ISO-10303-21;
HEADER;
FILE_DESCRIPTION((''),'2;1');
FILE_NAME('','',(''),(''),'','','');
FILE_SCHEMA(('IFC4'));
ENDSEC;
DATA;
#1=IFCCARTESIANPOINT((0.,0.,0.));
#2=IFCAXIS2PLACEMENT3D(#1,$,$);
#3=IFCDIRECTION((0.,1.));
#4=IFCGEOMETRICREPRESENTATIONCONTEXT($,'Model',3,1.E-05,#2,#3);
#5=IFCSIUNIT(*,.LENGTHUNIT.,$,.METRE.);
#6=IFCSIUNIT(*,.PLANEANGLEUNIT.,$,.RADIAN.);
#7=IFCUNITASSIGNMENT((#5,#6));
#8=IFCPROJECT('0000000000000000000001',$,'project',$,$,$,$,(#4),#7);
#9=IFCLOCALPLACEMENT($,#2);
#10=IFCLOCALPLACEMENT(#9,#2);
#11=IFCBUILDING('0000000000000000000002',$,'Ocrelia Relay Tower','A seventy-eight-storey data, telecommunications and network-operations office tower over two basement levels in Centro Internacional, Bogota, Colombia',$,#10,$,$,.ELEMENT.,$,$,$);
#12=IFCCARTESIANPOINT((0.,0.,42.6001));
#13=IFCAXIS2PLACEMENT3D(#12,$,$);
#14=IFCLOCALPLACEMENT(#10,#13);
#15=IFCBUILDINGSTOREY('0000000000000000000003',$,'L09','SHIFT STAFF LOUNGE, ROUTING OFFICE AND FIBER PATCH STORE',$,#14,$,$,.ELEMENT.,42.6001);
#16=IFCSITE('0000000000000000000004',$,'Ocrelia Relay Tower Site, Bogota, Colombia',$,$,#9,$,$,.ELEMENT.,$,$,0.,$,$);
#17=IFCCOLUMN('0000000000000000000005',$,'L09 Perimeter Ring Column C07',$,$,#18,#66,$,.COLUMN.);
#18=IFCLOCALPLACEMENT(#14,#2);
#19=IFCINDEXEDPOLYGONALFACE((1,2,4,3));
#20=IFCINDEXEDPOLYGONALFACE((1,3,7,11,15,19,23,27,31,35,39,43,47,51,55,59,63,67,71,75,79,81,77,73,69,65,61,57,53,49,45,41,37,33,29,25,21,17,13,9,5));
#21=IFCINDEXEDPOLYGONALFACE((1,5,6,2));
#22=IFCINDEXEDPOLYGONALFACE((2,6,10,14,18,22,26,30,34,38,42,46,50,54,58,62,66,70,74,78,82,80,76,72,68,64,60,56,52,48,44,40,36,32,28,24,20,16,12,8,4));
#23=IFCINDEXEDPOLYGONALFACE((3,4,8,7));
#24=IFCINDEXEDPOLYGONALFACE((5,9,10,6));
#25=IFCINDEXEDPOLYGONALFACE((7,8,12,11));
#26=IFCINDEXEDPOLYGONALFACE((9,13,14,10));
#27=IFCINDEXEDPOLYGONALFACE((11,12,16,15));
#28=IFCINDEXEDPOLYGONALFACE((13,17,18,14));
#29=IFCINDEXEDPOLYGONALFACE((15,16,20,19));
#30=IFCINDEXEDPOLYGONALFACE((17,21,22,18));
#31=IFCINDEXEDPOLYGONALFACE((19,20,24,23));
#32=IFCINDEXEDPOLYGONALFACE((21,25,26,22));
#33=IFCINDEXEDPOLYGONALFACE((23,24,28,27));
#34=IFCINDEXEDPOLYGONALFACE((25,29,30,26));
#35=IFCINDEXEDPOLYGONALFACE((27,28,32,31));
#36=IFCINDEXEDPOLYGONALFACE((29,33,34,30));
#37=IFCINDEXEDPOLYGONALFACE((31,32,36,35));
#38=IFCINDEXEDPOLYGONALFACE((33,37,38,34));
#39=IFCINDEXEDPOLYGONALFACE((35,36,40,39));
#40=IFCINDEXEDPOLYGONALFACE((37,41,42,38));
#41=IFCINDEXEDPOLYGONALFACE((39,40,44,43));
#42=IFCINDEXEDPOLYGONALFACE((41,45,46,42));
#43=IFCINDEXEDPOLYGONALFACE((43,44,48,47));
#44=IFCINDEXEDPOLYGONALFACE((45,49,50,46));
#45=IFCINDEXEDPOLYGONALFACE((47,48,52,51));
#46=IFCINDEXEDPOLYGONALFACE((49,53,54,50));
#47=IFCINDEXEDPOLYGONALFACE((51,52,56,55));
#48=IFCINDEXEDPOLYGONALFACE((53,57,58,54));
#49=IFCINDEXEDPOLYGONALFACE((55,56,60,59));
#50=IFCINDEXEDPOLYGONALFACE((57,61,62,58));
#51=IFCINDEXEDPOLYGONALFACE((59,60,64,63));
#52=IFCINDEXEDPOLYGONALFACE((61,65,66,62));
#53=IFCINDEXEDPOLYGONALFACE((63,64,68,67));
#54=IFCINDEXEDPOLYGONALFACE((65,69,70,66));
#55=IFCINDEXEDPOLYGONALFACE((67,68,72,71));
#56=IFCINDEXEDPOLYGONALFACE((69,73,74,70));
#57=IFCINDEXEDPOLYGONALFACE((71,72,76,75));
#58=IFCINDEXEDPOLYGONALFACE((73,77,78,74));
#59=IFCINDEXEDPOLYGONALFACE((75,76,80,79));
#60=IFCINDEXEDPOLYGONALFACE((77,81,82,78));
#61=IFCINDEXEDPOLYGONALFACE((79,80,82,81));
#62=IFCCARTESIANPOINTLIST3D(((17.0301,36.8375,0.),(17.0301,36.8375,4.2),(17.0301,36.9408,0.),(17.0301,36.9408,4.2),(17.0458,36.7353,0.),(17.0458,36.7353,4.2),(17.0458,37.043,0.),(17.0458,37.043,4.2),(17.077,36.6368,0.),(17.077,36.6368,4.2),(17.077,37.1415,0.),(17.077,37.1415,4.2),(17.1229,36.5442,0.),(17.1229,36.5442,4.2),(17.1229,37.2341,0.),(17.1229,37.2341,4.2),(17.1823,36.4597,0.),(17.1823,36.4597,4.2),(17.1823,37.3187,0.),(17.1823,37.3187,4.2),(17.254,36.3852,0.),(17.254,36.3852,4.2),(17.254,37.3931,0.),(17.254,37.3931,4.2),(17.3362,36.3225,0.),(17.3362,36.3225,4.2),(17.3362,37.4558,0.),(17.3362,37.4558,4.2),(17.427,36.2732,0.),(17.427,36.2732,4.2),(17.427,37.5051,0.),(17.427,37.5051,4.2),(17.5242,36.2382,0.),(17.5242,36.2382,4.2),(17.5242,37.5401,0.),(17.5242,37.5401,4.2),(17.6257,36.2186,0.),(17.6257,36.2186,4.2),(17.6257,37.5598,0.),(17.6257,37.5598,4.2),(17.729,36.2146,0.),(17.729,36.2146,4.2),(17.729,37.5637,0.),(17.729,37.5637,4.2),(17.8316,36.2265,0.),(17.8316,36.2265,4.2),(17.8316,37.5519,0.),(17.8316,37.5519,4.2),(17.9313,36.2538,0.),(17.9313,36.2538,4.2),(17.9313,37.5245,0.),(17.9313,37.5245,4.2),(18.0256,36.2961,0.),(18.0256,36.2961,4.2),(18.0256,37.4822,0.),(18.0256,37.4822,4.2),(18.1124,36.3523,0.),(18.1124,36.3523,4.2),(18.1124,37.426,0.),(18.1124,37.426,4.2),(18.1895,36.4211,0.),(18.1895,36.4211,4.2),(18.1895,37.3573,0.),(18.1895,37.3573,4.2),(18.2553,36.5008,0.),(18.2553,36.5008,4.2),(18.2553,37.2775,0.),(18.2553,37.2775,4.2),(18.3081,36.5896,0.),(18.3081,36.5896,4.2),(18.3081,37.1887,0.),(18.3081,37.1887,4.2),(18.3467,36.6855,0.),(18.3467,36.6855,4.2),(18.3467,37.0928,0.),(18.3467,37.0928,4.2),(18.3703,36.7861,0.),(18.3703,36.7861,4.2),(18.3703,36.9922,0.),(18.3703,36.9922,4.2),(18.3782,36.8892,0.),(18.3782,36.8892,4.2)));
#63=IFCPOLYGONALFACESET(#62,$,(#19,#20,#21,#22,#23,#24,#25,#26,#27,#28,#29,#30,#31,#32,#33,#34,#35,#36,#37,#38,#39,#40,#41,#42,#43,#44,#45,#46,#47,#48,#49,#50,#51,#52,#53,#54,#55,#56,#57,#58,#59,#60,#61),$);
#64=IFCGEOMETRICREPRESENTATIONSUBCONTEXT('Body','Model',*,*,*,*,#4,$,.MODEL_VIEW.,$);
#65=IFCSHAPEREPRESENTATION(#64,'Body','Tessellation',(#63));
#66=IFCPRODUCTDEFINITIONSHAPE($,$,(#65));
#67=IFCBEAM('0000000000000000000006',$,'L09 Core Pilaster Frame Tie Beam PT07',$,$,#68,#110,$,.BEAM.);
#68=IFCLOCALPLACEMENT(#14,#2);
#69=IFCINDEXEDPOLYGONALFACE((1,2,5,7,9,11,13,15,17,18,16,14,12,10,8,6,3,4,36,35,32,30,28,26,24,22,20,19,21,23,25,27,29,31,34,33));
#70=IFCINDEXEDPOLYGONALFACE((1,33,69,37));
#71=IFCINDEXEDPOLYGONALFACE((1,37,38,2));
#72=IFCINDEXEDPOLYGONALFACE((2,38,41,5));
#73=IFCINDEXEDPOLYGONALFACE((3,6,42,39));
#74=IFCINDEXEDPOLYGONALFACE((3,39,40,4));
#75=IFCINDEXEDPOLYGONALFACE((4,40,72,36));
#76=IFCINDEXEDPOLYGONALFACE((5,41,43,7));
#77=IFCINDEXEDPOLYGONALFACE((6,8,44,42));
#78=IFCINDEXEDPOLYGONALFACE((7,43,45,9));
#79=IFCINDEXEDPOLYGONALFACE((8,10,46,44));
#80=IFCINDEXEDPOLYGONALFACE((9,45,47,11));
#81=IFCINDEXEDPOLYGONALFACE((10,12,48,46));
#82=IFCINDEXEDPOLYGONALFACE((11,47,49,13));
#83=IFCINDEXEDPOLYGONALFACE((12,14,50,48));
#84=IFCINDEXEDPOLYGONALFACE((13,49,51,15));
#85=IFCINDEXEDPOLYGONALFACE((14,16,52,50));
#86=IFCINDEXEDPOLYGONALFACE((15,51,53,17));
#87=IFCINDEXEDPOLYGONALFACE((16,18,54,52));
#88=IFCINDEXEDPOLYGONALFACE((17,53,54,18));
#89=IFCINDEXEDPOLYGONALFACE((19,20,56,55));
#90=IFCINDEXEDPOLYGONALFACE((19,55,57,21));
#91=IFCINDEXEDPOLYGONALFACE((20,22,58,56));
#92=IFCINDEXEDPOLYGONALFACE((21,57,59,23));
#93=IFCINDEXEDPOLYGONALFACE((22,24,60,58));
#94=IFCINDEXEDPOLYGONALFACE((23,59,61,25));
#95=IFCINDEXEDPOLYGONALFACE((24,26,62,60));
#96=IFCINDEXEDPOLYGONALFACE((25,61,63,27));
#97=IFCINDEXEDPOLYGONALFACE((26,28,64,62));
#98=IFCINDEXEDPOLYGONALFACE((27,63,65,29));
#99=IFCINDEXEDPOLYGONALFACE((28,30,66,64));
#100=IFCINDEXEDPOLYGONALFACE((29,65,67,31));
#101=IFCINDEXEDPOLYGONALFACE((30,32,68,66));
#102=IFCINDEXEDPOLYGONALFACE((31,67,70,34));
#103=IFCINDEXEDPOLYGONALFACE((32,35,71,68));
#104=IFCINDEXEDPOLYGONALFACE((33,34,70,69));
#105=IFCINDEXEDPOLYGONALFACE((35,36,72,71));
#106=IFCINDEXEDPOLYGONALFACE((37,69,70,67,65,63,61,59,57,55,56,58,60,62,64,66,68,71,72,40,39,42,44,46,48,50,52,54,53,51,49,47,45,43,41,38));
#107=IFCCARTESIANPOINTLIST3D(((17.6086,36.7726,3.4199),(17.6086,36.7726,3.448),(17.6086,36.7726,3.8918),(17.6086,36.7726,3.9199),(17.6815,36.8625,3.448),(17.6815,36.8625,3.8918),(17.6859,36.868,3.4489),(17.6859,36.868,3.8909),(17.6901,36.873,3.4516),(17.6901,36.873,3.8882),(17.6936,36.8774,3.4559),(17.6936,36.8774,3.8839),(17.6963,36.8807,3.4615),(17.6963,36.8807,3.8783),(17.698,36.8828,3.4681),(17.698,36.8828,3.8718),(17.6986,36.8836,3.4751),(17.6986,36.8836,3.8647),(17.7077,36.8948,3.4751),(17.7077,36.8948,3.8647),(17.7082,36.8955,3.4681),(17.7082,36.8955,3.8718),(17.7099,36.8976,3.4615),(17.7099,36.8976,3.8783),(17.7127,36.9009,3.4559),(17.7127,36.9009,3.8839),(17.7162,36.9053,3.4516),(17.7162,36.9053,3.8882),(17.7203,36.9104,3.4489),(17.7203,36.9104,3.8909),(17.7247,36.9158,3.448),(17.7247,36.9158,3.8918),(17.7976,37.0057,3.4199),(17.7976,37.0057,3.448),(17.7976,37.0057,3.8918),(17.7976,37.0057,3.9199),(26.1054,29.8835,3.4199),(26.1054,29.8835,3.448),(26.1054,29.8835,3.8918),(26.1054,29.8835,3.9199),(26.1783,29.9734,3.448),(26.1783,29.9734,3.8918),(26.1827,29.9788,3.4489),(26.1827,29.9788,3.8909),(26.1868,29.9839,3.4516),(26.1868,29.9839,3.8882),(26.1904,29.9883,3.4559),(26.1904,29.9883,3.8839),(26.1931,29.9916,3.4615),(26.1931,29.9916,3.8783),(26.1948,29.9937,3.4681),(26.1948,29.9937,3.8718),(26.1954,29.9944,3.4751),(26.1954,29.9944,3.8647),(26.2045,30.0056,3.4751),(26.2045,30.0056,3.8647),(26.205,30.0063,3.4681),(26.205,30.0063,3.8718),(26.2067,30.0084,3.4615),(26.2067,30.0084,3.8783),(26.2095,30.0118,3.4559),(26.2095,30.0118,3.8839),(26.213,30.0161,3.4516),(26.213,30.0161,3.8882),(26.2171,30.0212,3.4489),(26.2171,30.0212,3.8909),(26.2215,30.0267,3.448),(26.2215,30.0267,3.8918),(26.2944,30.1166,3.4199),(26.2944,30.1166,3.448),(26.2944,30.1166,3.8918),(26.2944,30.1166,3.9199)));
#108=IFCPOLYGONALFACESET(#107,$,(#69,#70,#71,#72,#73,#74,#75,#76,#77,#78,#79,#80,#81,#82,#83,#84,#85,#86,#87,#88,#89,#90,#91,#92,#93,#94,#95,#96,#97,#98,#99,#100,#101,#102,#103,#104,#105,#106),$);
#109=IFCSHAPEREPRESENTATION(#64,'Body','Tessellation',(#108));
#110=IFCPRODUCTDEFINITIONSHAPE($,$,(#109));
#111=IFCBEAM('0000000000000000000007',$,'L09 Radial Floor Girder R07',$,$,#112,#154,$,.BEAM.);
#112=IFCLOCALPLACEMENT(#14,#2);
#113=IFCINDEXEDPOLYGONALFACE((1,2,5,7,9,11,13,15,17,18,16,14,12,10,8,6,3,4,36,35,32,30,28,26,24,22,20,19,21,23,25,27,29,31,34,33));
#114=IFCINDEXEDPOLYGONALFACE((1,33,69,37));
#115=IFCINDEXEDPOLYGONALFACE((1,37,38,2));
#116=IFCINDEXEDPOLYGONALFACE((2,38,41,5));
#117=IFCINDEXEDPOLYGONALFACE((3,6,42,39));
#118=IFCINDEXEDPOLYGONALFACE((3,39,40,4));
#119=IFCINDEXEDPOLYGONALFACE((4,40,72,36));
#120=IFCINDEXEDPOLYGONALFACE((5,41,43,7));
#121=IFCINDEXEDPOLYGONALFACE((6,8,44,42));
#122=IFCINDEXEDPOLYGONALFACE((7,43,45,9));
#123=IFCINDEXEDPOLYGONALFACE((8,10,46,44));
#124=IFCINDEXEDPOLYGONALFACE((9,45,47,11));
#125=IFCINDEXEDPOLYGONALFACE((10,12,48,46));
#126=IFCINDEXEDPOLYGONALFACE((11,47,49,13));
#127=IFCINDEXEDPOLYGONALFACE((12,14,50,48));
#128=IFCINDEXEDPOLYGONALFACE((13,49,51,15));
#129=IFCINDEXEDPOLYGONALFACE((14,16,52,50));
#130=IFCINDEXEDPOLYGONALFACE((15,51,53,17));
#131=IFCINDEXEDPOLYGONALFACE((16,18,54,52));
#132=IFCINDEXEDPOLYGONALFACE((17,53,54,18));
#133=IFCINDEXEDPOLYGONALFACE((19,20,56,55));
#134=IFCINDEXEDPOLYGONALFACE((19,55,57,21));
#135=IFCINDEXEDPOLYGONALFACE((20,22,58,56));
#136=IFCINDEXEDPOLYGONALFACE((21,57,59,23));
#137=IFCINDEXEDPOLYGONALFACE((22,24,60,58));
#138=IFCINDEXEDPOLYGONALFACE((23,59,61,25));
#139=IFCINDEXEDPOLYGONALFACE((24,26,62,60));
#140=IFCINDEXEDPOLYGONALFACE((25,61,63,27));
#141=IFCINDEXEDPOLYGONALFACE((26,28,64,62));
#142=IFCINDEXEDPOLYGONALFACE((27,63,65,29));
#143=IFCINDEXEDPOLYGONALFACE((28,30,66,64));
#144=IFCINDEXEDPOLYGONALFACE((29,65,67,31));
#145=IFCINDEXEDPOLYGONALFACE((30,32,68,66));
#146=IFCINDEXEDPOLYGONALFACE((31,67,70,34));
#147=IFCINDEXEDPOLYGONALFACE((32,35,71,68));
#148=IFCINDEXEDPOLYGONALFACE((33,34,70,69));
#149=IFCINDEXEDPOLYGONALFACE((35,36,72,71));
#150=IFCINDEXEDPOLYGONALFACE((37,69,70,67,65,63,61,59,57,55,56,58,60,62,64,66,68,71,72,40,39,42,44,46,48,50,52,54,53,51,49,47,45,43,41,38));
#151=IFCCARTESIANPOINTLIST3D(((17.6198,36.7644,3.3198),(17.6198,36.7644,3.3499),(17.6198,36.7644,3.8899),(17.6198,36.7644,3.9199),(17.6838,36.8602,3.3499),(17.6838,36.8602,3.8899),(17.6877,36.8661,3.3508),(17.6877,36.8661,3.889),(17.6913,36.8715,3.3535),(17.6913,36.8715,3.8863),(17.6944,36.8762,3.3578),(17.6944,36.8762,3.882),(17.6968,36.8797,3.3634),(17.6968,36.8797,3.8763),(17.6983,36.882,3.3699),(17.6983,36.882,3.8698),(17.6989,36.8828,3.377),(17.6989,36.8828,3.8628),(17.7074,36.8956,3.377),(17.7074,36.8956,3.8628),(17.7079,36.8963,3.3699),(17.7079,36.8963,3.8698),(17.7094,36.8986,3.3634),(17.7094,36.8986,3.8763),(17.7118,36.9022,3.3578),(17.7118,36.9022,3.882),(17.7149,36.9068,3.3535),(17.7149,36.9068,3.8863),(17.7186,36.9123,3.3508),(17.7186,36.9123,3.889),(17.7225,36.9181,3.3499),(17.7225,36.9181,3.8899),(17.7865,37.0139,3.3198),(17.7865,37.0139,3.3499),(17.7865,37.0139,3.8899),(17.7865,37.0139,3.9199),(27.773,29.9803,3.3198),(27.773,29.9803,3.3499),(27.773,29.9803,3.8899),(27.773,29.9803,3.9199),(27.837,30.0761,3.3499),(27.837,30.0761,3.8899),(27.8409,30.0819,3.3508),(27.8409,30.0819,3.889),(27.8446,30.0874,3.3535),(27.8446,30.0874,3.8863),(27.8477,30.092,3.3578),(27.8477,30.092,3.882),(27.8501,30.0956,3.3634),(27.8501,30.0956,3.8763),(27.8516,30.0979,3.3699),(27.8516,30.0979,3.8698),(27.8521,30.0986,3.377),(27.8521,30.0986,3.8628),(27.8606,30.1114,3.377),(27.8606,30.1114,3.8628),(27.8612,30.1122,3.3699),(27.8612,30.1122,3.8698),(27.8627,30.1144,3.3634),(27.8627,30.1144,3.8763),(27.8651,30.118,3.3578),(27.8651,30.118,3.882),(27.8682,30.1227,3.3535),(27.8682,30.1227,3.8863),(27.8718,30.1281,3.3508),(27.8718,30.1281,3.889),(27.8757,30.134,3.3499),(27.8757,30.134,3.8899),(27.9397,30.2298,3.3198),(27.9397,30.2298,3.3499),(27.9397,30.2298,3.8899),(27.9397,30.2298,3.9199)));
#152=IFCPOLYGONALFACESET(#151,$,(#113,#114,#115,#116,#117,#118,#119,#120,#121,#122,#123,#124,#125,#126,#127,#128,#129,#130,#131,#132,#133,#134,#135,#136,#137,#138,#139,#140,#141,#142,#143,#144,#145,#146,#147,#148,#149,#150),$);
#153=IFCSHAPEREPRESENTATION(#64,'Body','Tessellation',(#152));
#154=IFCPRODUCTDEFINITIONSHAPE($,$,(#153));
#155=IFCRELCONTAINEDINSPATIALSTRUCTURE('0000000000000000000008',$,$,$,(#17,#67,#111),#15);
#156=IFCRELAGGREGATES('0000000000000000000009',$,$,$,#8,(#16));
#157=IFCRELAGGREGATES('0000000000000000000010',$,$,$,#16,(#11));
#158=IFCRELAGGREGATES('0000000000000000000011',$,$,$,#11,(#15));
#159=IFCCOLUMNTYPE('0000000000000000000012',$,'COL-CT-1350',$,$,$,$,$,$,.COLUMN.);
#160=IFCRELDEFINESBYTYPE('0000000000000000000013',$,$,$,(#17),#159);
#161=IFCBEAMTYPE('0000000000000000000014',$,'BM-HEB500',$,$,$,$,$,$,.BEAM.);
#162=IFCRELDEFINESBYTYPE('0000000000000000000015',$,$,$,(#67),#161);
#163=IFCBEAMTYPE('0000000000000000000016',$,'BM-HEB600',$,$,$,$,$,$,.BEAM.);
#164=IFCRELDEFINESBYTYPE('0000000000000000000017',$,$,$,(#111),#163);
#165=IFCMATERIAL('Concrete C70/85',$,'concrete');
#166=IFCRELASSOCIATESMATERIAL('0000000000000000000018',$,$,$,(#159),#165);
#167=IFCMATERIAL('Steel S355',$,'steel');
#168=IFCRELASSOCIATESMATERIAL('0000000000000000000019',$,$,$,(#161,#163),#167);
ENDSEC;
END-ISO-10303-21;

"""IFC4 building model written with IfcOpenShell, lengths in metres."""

from ifc_helpers import new_model, si_unit, direction, frame, origin, origin_2d, place, context, subcontext, project, spatial, circle, i_section, extrude, material, material_profile, profile_set, type_object, element, save


model = new_model("IFC4")

# Units and contexts
model_context = context("Model", 3, precision=1e-05, world=origin(), true_north=direction((0.0, 1.0)))
body_context = subcontext(model_context, "Body", "Model", "MODEL_VIEW")
ifc_project = project(units=[si_unit("LENGTHUNIT", "METRE"), si_unit("PLANEANGLEUNIT", "RADIAN")], contexts=[model_context])

# Site, building, storey
site_placement = place(None, origin())
site = spatial("IfcSite", under=ifc_project, at=site_placement, Name="Ocrelia Relay Tower Site, Bogota, Colombia", CompositionType="ELEMENT", RefElevation=0.0)
building_placement = place(site_placement, origin())
building = spatial("IfcBuilding", under=site, at=building_placement, Name="Ocrelia Relay Tower", Description="A seventy-eight-storey data, telecommunications and network-operations office tower over two basement levels in Centro Internacional, Bogota, Colombia", CompositionType="ELEMENT")
storey_placement = place(building_placement, frame((0.0, 0.0, 42.6001)))
storey = spatial("IfcBuildingStorey", under=building, at=storey_placement, Name="L09", Description="SHIFT STAFF LOUNGE, ROUTING OFFICE AND FIBER PATCH STORE", CompositionType="ELEMENT", Elevation=42.6001)

# Column
ifc_material_1 = material(Name="Concrete C70/85", Category="concrete")
ifc_material_profile_1 = material_profile(ifc_material_1, circle(Radius=0.675, at=origin_2d()), Name="RC-CIR-1350")
ifc_profile_set_1 = profile_set([ifc_material_profile_1], Name="Concrete C70/85")
column_type = type_object("IfcColumnType", Name="COL-CT-1350", PredefinedType="COLUMN", material=ifc_profile_set_1)
column_placement = place(storey_placement, frame((17.7031, 36.8892, 0.0), z_axis=(0.0, 0.0, 1.0), x_axis=(1.0, 0.0, 0.0)))
element("IfcColumn", 1, at=column_placement, inside=storey, type_object=column_type, Name="L09 Perimeter Ring Column C07", PredefinedType="COLUMN", context=body_context, shape_type="SweptSolid", body=[
    extrude(circle(Radius=0.675, at=origin_2d()), origin(), (0.0, 0.0, 1.0), 4.2),
])

# Beams
ifc_material_2 = material(Name="Steel S355", Category="steel")
ifc_material_profile_2 = material_profile(ifc_material_2, i_section(OverallWidth=0.3, OverallDepth=0.5, WebThickness=0.0144, FlangeThickness=0.0281, FilletRadius=0.0271, at=origin_2d()), Name="HEB 500")
ifc_profile_set_2 = profile_set([ifc_material_profile_2], Name="Steel S355")
beam_type_1 = type_object("IfcBeamType", Name="BM-HEB500", PredefinedType="BEAM", material=ifc_profile_set_2)
beam_1_placement = place(storey_placement, frame((17.7031, 36.8892, 3.6699), z_axis=(0.776763, -0.629793, 0.0), x_axis=(0.629793, 0.776763, 0.0)))
element("IfcBeam", 2, at=beam_1_placement, inside=storey, type_object=beam_type_1, Name="L09 Core Pilaster Frame Tie Beam PT07", PredefinedType="BEAM", context=body_context, shape_type="SweptSolid", body=[
    extrude(i_section(OverallWidth=0.3, OverallDepth=0.5, WebThickness=0.0144, FlangeThickness=0.0281, FilletRadius=0.0271, at=origin_2d()), origin(), (0.0, 0.0, 1.0), 10.9387),
])
ifc_material_profile_3 = material_profile(ifc_material_2, i_section(OverallWidth=0.3, OverallDepth=0.6001, WebThickness=0.0154, FlangeThickness=0.03, FilletRadius=0.0271, at=origin_2d()), Name="HEB 600")
ifc_profile_set_3 = profile_set([ifc_material_profile_3], Name="Steel S355")
beam_type_2 = type_object("IfcBeamType", Name="BM-HEB600", PredefinedType="BEAM", material=ifc_profile_set_3)
beam_2_placement = place(storey_placement, frame((17.7031, 36.8892, 3.6199), z_axis=(0.831472, -0.555567, 0.0), x_axis=(0.555567, 0.831472, 0.0)))
element("IfcBeam", 3, at=beam_2_placement, inside=storey, type_object=beam_type_2, Name="L09 Radial Floor Girder R07", PredefinedType="BEAM", context=body_context, shape_type="SweptSolid", body=[
    extrude(i_section(OverallWidth=0.3, OverallDepth=0.6001, WebThickness=0.0154, FlangeThickness=0.03, FilletRadius=0.0271, at=origin_2d()), origin(), (0.0, 0.0, 1.0), 12.2112),
])

save(model, "model.ifc")
